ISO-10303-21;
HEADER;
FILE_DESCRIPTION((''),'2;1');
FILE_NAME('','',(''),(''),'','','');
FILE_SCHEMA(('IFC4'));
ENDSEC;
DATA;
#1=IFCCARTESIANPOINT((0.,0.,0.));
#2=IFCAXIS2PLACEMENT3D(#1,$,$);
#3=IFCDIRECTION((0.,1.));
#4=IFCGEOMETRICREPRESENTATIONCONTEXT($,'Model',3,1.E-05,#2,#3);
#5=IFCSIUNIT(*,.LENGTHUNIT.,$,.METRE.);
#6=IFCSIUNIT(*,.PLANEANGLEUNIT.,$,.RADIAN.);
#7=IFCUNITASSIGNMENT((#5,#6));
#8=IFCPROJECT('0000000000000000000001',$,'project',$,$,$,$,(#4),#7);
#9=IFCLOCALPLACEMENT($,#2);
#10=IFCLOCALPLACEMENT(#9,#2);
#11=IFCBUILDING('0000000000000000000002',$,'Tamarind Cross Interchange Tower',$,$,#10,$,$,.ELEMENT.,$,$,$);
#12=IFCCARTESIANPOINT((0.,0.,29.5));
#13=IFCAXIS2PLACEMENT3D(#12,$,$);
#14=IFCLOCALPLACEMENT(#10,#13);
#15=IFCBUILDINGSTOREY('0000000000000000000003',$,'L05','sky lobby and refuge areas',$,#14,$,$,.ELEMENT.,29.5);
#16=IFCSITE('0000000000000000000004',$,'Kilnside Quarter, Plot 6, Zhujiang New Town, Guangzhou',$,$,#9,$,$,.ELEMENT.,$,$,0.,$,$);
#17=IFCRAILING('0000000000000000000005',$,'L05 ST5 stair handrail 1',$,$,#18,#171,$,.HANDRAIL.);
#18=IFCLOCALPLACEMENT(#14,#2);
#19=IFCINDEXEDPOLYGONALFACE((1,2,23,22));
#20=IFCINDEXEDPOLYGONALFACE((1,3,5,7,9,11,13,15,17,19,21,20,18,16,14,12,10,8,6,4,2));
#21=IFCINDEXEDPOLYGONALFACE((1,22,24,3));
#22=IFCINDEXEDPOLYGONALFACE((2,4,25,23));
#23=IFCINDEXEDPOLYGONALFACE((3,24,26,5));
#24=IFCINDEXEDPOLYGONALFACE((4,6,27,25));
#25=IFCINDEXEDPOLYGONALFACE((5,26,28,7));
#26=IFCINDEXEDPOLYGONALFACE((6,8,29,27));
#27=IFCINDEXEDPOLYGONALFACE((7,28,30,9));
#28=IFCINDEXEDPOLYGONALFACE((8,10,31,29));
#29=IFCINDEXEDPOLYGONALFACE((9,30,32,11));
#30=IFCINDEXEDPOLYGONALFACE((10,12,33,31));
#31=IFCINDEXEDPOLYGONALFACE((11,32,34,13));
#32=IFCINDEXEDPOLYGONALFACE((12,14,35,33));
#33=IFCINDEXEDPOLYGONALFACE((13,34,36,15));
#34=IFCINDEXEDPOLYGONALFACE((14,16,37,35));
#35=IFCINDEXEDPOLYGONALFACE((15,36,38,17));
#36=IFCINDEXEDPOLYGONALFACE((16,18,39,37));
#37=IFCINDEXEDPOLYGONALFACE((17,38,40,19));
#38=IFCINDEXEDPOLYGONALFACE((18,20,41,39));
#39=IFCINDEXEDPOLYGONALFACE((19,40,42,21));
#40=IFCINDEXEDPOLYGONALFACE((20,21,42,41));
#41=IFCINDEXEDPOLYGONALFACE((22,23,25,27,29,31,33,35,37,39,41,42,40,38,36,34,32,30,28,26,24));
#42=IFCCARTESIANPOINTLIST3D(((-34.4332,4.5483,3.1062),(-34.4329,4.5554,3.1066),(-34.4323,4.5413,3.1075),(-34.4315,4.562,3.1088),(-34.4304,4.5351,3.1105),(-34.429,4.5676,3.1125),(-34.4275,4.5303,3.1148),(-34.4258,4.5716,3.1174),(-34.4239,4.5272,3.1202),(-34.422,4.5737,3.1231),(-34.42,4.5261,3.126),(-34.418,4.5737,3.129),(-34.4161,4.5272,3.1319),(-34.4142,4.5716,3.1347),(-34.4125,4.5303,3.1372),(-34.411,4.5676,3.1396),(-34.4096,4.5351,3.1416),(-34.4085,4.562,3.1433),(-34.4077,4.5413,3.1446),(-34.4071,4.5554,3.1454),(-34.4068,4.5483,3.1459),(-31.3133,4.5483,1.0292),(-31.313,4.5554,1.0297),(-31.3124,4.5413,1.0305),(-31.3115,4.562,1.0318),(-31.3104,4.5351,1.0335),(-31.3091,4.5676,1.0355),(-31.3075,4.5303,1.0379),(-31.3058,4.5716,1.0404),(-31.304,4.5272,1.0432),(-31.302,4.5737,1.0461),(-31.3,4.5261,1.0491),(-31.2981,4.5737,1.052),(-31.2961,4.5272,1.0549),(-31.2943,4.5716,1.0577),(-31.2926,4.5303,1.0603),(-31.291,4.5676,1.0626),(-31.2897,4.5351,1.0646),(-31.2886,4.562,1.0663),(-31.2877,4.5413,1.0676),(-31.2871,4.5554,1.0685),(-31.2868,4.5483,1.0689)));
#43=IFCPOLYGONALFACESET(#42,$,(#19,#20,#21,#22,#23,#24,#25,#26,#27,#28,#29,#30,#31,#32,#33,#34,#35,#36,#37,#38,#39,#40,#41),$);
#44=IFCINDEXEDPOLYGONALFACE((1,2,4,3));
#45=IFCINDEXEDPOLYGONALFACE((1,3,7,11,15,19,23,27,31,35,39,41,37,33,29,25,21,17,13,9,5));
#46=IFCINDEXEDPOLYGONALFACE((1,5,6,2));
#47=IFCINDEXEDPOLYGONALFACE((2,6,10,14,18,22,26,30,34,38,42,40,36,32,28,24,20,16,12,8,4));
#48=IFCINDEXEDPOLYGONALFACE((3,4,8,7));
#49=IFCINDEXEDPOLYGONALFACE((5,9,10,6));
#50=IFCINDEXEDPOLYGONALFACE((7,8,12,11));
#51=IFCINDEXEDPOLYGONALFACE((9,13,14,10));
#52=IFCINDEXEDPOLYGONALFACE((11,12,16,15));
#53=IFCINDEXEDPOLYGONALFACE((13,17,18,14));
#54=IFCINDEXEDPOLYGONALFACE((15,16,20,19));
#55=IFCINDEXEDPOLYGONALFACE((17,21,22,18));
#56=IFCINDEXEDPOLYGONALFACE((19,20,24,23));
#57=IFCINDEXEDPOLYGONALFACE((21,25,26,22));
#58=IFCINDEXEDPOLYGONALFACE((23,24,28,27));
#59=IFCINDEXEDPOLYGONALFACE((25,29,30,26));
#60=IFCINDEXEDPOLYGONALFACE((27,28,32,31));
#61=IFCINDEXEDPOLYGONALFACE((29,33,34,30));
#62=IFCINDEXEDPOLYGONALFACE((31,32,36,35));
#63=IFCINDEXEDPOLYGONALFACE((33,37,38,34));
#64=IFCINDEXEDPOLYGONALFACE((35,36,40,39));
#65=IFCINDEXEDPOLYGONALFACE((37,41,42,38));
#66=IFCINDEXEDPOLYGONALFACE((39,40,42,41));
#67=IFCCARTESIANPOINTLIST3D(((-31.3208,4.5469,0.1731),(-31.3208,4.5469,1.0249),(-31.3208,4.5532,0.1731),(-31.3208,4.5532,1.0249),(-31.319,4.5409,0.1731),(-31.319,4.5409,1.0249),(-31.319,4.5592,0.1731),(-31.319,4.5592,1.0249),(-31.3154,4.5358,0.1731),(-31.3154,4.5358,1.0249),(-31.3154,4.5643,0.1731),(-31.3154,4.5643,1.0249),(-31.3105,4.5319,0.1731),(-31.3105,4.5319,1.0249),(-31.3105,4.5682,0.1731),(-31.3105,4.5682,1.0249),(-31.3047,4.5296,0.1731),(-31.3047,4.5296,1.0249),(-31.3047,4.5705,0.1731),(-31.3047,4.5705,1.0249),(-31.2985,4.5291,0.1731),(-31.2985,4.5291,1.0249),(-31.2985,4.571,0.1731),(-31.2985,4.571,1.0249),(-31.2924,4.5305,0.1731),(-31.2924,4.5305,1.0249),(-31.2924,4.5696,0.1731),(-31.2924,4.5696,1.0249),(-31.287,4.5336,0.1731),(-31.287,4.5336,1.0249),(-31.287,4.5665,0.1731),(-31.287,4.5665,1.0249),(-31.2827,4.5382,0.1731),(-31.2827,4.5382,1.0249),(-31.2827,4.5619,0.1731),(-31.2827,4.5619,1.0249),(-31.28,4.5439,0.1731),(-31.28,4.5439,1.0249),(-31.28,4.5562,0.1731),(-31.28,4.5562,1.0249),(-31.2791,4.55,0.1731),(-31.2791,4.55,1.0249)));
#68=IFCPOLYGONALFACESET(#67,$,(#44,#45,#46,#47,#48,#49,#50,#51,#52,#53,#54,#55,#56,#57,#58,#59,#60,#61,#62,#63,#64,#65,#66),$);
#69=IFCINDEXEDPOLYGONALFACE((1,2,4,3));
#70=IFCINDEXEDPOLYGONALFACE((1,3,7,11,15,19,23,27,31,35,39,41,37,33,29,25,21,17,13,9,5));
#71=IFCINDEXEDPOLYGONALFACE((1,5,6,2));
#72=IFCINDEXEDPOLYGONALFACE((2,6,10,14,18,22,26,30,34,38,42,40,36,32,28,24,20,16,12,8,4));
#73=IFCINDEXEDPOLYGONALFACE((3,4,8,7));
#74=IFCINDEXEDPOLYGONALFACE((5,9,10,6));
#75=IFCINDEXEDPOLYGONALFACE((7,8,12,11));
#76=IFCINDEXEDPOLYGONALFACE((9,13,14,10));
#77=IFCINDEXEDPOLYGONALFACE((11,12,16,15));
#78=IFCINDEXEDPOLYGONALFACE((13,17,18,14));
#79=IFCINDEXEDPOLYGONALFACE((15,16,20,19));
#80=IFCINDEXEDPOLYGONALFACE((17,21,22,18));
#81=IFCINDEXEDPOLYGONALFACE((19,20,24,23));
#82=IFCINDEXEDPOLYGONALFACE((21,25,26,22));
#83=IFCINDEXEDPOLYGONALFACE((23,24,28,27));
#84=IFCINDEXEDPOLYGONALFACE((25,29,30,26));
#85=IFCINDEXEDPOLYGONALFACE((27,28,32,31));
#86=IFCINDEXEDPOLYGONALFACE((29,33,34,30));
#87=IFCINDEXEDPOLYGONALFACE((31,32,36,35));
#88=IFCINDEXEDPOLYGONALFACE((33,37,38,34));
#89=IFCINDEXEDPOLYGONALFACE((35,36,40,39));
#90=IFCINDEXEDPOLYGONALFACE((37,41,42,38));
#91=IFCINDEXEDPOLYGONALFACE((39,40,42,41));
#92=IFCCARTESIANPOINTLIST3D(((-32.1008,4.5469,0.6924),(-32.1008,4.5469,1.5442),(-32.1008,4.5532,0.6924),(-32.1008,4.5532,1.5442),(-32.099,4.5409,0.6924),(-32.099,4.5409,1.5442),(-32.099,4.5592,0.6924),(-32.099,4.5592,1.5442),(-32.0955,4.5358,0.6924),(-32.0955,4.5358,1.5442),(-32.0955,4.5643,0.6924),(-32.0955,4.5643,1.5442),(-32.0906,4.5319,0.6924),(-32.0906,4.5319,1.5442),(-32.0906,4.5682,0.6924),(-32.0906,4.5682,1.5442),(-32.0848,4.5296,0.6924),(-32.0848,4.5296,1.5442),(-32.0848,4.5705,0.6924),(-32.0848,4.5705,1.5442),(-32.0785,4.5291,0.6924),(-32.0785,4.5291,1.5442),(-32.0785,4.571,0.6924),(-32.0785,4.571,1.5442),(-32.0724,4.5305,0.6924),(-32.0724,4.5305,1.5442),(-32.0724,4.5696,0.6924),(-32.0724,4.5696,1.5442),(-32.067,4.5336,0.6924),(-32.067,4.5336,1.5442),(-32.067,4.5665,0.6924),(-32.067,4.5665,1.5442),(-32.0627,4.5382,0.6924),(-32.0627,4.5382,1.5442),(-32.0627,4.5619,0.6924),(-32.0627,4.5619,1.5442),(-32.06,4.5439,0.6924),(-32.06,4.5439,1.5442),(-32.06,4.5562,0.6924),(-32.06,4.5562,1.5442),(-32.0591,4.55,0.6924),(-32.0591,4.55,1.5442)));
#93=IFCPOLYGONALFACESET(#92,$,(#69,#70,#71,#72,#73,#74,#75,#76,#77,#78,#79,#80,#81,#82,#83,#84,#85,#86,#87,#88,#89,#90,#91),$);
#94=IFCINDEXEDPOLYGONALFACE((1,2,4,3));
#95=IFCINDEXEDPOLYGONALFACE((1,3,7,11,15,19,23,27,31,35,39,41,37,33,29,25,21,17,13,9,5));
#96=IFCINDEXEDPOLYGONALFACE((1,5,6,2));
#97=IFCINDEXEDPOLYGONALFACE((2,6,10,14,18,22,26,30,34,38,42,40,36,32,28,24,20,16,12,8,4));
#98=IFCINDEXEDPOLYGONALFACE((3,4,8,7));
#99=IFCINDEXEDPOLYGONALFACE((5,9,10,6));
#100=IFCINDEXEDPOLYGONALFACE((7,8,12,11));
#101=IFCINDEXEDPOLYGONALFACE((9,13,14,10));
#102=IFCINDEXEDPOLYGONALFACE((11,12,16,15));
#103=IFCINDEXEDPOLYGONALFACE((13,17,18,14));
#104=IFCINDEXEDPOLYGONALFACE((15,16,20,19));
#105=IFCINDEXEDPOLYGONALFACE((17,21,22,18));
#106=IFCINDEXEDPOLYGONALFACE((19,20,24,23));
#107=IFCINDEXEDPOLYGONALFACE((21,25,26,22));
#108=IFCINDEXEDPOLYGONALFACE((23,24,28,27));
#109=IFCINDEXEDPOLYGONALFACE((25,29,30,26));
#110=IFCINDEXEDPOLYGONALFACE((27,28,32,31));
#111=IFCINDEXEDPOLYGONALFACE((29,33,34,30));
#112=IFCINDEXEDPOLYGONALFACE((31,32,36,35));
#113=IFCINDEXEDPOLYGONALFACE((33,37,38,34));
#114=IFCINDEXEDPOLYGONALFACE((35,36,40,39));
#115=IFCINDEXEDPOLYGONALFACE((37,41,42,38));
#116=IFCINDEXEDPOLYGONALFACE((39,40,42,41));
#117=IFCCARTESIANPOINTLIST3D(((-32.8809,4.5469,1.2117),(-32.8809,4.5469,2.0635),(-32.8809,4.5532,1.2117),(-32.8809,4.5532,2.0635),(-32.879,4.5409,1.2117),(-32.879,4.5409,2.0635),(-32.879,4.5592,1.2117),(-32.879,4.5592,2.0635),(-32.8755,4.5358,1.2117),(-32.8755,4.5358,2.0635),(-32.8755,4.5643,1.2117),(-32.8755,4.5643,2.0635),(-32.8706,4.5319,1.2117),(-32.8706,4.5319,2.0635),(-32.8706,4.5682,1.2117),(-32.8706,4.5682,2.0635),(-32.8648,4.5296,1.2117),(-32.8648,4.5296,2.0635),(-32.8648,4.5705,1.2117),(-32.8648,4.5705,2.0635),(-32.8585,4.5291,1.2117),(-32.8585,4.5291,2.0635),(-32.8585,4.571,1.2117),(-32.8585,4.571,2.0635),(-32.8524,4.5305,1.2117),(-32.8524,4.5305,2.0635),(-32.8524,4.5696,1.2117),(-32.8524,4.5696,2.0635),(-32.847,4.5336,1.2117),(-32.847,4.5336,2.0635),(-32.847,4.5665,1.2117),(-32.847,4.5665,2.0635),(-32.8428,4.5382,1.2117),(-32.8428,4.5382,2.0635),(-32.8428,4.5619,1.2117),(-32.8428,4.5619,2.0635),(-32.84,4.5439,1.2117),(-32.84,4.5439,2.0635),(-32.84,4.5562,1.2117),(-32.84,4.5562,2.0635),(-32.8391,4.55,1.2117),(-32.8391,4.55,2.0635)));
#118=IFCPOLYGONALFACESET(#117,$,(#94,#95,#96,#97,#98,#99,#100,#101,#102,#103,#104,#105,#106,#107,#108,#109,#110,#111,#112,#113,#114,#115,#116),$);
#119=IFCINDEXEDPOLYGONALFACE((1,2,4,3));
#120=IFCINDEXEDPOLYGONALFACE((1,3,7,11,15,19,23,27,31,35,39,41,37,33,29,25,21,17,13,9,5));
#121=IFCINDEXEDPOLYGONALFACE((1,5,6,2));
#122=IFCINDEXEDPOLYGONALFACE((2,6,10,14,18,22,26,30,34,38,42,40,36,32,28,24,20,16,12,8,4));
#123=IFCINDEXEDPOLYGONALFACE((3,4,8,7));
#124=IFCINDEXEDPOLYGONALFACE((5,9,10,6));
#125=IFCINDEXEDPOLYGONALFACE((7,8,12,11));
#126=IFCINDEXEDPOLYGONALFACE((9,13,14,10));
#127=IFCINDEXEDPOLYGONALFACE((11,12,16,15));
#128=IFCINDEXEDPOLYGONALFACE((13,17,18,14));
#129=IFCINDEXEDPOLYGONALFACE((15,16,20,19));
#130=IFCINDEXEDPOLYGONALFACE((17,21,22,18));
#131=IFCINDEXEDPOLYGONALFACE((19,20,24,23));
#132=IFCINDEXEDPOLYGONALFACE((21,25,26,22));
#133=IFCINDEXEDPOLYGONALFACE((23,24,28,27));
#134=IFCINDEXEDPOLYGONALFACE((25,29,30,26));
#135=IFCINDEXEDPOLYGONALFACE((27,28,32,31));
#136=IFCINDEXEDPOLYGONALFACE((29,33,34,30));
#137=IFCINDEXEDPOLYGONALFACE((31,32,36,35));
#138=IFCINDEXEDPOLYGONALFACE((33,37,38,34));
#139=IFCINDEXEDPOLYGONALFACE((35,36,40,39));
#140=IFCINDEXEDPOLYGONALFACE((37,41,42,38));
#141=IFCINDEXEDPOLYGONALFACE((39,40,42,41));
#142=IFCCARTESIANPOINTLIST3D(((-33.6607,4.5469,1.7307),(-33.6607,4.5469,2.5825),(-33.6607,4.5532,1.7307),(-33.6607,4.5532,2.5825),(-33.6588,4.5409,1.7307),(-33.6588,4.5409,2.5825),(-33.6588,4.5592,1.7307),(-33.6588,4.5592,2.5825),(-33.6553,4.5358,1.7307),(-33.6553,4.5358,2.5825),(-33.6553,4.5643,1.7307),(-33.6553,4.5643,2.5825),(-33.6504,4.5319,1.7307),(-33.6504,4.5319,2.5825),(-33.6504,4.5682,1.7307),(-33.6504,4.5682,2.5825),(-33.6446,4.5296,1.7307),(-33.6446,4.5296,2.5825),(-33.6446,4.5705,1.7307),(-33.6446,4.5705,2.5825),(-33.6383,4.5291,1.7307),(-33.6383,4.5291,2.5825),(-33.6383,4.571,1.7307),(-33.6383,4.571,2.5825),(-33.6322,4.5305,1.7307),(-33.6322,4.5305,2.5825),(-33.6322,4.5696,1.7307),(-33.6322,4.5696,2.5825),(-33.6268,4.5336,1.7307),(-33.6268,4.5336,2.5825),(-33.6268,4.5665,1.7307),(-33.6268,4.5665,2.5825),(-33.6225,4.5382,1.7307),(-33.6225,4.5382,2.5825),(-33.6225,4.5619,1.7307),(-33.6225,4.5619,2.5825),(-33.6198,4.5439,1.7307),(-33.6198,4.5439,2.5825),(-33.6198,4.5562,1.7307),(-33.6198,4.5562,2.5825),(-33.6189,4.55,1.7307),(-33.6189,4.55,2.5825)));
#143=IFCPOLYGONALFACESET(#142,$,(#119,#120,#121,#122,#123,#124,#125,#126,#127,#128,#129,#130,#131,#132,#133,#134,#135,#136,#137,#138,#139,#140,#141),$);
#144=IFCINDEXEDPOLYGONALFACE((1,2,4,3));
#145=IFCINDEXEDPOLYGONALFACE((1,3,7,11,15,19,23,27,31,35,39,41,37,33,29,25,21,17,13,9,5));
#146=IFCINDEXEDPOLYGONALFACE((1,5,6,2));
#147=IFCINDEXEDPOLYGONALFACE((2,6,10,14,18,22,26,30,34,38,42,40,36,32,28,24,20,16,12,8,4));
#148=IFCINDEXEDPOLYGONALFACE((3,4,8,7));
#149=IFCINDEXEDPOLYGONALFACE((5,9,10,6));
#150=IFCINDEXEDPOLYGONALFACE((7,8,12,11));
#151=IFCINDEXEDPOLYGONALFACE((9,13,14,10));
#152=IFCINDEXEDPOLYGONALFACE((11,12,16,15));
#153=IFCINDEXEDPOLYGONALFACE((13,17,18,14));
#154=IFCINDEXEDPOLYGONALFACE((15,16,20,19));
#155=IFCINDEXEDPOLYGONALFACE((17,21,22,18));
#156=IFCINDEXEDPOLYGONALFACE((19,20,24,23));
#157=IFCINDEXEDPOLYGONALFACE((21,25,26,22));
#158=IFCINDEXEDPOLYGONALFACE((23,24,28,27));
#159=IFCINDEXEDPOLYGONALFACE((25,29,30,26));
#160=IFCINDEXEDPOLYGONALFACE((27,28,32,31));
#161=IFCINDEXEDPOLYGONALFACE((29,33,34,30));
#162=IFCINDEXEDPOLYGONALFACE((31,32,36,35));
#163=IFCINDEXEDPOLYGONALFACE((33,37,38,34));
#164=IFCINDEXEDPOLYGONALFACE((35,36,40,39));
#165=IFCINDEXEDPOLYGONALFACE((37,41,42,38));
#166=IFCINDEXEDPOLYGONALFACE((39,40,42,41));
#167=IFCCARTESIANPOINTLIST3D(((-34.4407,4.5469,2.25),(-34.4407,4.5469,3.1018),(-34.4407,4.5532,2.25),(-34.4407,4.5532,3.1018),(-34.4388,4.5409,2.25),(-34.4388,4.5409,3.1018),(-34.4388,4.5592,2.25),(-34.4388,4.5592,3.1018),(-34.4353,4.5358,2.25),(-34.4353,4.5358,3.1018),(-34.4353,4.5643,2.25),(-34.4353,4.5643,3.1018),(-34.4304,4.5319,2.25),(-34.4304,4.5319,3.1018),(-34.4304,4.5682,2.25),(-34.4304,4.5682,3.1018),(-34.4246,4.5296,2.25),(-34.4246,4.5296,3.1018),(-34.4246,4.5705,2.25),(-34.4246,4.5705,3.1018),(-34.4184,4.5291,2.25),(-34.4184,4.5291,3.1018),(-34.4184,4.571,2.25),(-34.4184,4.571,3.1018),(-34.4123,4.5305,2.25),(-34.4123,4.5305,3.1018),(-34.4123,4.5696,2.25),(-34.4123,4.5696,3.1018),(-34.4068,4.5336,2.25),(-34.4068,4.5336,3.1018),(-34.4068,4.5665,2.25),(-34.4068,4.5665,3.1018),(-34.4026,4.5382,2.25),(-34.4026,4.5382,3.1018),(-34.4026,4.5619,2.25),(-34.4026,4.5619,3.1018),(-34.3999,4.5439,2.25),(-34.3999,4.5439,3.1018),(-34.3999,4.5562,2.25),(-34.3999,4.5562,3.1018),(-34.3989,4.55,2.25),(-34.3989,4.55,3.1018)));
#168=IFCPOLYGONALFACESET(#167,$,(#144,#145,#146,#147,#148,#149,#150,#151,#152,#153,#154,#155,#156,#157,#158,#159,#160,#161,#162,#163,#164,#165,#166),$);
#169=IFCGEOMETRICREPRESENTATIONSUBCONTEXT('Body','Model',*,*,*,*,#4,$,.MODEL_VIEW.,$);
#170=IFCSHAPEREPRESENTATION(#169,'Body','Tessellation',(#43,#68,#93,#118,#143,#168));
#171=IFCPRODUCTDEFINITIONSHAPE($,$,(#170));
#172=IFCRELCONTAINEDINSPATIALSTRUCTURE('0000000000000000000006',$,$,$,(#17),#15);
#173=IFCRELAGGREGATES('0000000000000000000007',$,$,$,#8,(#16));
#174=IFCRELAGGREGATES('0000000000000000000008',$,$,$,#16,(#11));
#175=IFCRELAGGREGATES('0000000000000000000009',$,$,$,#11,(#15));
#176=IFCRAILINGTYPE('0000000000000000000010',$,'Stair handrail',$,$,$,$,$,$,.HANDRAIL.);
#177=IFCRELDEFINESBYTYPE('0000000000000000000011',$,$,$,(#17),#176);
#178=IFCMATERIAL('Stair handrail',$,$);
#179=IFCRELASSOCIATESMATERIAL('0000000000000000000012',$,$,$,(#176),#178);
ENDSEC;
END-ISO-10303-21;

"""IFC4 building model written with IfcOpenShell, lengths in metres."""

from ifc_helpers import new_model, si_unit, direction, frame, origin, origin_2d, place, context, subcontext, project, spatial, circle, extrude, material, type_object, element, save


model = new_model("IFC4")

# Units and contexts
model_context = context("Model", 3, precision=1e-05, world=origin(), true_north=direction((0.0, 1.0)))
body_context = subcontext(model_context, "Body", "Model", "MODEL_VIEW")
ifc_project = project(units=[si_unit("LENGTHUNIT", "METRE"), si_unit("PLANEANGLEUNIT", "RADIAN")], contexts=[model_context])

# Site, building, storey
site_placement = place(None, origin())
site = spatial("IfcSite", under=ifc_project, at=site_placement, Name="Kilnside Quarter, Plot 6, Zhujiang New Town, Guangzhou", CompositionType="ELEMENT", RefElevation=0.0)
building_placement = place(site_placement, origin())
building = spatial("IfcBuilding", under=site, at=building_placement, Name="Tamarind Cross Interchange Tower", CompositionType="ELEMENT")
storey_placement = place(building_placement, frame((0.0, 0.0, 29.5)))
storey = spatial("IfcBuildingStorey", under=building, at=storey_placement, Name="L05", Description="sky lobby and refuge areas", CompositionType="ELEMENT", Elevation=29.5)

# Railing
ifc_material_1 = material(Name="Stair handrail")
railing_type_1 = type_object("IfcRailingType", Name="Stair handrail", PredefinedType="HANDRAIL", material=ifc_material_1)
railing_1_placement = place(storey_placement, frame((-31.3, 4.55, 0.1731)))
element("IfcRailing", 1, at=railing_1_placement, inside=storey, type_object=railing_type_1, Name="L05 ST5 stair handrail 1", PredefinedType="HANDRAIL", context=body_context, shape_type="SweptSolid", body=[
    extrude(circle(Radius=0.0239, at=origin_2d()), frame((0.0, 0.0, 0.876), z_axis=(-0.832421, 0.0, 0.554144), x_axis=(0.0, -1.0, 0.0)), (0.0, 0.0, 1.0), 3.748),
    extrude(circle(Radius=0.021, at=origin_2d()), origin(), (0.0, 0.0, 1.0), 0.8518),
    extrude(circle(Radius=0.021, at=origin_2d()), frame((-0.78, 0.0, 0.5193)), (0.0, 0.0, 1.0), 0.8518),
    extrude(circle(Radius=0.021, at=origin_2d()), frame((-1.5601, 0.0, 1.0386)), (0.0, 0.0, 1.0), 0.8518),
    extrude(circle(Radius=0.021, at=origin_2d()), frame((-2.3398, 0.0, 1.5576)), (0.0, 0.0, 1.0), 0.8518),
    extrude(circle(Radius=0.021, at=origin_2d()), frame((-3.1199, 0.0, 2.0769)), (0.0, 0.0, 1.0), 0.8518),
])

save(model, "model.ifc")
